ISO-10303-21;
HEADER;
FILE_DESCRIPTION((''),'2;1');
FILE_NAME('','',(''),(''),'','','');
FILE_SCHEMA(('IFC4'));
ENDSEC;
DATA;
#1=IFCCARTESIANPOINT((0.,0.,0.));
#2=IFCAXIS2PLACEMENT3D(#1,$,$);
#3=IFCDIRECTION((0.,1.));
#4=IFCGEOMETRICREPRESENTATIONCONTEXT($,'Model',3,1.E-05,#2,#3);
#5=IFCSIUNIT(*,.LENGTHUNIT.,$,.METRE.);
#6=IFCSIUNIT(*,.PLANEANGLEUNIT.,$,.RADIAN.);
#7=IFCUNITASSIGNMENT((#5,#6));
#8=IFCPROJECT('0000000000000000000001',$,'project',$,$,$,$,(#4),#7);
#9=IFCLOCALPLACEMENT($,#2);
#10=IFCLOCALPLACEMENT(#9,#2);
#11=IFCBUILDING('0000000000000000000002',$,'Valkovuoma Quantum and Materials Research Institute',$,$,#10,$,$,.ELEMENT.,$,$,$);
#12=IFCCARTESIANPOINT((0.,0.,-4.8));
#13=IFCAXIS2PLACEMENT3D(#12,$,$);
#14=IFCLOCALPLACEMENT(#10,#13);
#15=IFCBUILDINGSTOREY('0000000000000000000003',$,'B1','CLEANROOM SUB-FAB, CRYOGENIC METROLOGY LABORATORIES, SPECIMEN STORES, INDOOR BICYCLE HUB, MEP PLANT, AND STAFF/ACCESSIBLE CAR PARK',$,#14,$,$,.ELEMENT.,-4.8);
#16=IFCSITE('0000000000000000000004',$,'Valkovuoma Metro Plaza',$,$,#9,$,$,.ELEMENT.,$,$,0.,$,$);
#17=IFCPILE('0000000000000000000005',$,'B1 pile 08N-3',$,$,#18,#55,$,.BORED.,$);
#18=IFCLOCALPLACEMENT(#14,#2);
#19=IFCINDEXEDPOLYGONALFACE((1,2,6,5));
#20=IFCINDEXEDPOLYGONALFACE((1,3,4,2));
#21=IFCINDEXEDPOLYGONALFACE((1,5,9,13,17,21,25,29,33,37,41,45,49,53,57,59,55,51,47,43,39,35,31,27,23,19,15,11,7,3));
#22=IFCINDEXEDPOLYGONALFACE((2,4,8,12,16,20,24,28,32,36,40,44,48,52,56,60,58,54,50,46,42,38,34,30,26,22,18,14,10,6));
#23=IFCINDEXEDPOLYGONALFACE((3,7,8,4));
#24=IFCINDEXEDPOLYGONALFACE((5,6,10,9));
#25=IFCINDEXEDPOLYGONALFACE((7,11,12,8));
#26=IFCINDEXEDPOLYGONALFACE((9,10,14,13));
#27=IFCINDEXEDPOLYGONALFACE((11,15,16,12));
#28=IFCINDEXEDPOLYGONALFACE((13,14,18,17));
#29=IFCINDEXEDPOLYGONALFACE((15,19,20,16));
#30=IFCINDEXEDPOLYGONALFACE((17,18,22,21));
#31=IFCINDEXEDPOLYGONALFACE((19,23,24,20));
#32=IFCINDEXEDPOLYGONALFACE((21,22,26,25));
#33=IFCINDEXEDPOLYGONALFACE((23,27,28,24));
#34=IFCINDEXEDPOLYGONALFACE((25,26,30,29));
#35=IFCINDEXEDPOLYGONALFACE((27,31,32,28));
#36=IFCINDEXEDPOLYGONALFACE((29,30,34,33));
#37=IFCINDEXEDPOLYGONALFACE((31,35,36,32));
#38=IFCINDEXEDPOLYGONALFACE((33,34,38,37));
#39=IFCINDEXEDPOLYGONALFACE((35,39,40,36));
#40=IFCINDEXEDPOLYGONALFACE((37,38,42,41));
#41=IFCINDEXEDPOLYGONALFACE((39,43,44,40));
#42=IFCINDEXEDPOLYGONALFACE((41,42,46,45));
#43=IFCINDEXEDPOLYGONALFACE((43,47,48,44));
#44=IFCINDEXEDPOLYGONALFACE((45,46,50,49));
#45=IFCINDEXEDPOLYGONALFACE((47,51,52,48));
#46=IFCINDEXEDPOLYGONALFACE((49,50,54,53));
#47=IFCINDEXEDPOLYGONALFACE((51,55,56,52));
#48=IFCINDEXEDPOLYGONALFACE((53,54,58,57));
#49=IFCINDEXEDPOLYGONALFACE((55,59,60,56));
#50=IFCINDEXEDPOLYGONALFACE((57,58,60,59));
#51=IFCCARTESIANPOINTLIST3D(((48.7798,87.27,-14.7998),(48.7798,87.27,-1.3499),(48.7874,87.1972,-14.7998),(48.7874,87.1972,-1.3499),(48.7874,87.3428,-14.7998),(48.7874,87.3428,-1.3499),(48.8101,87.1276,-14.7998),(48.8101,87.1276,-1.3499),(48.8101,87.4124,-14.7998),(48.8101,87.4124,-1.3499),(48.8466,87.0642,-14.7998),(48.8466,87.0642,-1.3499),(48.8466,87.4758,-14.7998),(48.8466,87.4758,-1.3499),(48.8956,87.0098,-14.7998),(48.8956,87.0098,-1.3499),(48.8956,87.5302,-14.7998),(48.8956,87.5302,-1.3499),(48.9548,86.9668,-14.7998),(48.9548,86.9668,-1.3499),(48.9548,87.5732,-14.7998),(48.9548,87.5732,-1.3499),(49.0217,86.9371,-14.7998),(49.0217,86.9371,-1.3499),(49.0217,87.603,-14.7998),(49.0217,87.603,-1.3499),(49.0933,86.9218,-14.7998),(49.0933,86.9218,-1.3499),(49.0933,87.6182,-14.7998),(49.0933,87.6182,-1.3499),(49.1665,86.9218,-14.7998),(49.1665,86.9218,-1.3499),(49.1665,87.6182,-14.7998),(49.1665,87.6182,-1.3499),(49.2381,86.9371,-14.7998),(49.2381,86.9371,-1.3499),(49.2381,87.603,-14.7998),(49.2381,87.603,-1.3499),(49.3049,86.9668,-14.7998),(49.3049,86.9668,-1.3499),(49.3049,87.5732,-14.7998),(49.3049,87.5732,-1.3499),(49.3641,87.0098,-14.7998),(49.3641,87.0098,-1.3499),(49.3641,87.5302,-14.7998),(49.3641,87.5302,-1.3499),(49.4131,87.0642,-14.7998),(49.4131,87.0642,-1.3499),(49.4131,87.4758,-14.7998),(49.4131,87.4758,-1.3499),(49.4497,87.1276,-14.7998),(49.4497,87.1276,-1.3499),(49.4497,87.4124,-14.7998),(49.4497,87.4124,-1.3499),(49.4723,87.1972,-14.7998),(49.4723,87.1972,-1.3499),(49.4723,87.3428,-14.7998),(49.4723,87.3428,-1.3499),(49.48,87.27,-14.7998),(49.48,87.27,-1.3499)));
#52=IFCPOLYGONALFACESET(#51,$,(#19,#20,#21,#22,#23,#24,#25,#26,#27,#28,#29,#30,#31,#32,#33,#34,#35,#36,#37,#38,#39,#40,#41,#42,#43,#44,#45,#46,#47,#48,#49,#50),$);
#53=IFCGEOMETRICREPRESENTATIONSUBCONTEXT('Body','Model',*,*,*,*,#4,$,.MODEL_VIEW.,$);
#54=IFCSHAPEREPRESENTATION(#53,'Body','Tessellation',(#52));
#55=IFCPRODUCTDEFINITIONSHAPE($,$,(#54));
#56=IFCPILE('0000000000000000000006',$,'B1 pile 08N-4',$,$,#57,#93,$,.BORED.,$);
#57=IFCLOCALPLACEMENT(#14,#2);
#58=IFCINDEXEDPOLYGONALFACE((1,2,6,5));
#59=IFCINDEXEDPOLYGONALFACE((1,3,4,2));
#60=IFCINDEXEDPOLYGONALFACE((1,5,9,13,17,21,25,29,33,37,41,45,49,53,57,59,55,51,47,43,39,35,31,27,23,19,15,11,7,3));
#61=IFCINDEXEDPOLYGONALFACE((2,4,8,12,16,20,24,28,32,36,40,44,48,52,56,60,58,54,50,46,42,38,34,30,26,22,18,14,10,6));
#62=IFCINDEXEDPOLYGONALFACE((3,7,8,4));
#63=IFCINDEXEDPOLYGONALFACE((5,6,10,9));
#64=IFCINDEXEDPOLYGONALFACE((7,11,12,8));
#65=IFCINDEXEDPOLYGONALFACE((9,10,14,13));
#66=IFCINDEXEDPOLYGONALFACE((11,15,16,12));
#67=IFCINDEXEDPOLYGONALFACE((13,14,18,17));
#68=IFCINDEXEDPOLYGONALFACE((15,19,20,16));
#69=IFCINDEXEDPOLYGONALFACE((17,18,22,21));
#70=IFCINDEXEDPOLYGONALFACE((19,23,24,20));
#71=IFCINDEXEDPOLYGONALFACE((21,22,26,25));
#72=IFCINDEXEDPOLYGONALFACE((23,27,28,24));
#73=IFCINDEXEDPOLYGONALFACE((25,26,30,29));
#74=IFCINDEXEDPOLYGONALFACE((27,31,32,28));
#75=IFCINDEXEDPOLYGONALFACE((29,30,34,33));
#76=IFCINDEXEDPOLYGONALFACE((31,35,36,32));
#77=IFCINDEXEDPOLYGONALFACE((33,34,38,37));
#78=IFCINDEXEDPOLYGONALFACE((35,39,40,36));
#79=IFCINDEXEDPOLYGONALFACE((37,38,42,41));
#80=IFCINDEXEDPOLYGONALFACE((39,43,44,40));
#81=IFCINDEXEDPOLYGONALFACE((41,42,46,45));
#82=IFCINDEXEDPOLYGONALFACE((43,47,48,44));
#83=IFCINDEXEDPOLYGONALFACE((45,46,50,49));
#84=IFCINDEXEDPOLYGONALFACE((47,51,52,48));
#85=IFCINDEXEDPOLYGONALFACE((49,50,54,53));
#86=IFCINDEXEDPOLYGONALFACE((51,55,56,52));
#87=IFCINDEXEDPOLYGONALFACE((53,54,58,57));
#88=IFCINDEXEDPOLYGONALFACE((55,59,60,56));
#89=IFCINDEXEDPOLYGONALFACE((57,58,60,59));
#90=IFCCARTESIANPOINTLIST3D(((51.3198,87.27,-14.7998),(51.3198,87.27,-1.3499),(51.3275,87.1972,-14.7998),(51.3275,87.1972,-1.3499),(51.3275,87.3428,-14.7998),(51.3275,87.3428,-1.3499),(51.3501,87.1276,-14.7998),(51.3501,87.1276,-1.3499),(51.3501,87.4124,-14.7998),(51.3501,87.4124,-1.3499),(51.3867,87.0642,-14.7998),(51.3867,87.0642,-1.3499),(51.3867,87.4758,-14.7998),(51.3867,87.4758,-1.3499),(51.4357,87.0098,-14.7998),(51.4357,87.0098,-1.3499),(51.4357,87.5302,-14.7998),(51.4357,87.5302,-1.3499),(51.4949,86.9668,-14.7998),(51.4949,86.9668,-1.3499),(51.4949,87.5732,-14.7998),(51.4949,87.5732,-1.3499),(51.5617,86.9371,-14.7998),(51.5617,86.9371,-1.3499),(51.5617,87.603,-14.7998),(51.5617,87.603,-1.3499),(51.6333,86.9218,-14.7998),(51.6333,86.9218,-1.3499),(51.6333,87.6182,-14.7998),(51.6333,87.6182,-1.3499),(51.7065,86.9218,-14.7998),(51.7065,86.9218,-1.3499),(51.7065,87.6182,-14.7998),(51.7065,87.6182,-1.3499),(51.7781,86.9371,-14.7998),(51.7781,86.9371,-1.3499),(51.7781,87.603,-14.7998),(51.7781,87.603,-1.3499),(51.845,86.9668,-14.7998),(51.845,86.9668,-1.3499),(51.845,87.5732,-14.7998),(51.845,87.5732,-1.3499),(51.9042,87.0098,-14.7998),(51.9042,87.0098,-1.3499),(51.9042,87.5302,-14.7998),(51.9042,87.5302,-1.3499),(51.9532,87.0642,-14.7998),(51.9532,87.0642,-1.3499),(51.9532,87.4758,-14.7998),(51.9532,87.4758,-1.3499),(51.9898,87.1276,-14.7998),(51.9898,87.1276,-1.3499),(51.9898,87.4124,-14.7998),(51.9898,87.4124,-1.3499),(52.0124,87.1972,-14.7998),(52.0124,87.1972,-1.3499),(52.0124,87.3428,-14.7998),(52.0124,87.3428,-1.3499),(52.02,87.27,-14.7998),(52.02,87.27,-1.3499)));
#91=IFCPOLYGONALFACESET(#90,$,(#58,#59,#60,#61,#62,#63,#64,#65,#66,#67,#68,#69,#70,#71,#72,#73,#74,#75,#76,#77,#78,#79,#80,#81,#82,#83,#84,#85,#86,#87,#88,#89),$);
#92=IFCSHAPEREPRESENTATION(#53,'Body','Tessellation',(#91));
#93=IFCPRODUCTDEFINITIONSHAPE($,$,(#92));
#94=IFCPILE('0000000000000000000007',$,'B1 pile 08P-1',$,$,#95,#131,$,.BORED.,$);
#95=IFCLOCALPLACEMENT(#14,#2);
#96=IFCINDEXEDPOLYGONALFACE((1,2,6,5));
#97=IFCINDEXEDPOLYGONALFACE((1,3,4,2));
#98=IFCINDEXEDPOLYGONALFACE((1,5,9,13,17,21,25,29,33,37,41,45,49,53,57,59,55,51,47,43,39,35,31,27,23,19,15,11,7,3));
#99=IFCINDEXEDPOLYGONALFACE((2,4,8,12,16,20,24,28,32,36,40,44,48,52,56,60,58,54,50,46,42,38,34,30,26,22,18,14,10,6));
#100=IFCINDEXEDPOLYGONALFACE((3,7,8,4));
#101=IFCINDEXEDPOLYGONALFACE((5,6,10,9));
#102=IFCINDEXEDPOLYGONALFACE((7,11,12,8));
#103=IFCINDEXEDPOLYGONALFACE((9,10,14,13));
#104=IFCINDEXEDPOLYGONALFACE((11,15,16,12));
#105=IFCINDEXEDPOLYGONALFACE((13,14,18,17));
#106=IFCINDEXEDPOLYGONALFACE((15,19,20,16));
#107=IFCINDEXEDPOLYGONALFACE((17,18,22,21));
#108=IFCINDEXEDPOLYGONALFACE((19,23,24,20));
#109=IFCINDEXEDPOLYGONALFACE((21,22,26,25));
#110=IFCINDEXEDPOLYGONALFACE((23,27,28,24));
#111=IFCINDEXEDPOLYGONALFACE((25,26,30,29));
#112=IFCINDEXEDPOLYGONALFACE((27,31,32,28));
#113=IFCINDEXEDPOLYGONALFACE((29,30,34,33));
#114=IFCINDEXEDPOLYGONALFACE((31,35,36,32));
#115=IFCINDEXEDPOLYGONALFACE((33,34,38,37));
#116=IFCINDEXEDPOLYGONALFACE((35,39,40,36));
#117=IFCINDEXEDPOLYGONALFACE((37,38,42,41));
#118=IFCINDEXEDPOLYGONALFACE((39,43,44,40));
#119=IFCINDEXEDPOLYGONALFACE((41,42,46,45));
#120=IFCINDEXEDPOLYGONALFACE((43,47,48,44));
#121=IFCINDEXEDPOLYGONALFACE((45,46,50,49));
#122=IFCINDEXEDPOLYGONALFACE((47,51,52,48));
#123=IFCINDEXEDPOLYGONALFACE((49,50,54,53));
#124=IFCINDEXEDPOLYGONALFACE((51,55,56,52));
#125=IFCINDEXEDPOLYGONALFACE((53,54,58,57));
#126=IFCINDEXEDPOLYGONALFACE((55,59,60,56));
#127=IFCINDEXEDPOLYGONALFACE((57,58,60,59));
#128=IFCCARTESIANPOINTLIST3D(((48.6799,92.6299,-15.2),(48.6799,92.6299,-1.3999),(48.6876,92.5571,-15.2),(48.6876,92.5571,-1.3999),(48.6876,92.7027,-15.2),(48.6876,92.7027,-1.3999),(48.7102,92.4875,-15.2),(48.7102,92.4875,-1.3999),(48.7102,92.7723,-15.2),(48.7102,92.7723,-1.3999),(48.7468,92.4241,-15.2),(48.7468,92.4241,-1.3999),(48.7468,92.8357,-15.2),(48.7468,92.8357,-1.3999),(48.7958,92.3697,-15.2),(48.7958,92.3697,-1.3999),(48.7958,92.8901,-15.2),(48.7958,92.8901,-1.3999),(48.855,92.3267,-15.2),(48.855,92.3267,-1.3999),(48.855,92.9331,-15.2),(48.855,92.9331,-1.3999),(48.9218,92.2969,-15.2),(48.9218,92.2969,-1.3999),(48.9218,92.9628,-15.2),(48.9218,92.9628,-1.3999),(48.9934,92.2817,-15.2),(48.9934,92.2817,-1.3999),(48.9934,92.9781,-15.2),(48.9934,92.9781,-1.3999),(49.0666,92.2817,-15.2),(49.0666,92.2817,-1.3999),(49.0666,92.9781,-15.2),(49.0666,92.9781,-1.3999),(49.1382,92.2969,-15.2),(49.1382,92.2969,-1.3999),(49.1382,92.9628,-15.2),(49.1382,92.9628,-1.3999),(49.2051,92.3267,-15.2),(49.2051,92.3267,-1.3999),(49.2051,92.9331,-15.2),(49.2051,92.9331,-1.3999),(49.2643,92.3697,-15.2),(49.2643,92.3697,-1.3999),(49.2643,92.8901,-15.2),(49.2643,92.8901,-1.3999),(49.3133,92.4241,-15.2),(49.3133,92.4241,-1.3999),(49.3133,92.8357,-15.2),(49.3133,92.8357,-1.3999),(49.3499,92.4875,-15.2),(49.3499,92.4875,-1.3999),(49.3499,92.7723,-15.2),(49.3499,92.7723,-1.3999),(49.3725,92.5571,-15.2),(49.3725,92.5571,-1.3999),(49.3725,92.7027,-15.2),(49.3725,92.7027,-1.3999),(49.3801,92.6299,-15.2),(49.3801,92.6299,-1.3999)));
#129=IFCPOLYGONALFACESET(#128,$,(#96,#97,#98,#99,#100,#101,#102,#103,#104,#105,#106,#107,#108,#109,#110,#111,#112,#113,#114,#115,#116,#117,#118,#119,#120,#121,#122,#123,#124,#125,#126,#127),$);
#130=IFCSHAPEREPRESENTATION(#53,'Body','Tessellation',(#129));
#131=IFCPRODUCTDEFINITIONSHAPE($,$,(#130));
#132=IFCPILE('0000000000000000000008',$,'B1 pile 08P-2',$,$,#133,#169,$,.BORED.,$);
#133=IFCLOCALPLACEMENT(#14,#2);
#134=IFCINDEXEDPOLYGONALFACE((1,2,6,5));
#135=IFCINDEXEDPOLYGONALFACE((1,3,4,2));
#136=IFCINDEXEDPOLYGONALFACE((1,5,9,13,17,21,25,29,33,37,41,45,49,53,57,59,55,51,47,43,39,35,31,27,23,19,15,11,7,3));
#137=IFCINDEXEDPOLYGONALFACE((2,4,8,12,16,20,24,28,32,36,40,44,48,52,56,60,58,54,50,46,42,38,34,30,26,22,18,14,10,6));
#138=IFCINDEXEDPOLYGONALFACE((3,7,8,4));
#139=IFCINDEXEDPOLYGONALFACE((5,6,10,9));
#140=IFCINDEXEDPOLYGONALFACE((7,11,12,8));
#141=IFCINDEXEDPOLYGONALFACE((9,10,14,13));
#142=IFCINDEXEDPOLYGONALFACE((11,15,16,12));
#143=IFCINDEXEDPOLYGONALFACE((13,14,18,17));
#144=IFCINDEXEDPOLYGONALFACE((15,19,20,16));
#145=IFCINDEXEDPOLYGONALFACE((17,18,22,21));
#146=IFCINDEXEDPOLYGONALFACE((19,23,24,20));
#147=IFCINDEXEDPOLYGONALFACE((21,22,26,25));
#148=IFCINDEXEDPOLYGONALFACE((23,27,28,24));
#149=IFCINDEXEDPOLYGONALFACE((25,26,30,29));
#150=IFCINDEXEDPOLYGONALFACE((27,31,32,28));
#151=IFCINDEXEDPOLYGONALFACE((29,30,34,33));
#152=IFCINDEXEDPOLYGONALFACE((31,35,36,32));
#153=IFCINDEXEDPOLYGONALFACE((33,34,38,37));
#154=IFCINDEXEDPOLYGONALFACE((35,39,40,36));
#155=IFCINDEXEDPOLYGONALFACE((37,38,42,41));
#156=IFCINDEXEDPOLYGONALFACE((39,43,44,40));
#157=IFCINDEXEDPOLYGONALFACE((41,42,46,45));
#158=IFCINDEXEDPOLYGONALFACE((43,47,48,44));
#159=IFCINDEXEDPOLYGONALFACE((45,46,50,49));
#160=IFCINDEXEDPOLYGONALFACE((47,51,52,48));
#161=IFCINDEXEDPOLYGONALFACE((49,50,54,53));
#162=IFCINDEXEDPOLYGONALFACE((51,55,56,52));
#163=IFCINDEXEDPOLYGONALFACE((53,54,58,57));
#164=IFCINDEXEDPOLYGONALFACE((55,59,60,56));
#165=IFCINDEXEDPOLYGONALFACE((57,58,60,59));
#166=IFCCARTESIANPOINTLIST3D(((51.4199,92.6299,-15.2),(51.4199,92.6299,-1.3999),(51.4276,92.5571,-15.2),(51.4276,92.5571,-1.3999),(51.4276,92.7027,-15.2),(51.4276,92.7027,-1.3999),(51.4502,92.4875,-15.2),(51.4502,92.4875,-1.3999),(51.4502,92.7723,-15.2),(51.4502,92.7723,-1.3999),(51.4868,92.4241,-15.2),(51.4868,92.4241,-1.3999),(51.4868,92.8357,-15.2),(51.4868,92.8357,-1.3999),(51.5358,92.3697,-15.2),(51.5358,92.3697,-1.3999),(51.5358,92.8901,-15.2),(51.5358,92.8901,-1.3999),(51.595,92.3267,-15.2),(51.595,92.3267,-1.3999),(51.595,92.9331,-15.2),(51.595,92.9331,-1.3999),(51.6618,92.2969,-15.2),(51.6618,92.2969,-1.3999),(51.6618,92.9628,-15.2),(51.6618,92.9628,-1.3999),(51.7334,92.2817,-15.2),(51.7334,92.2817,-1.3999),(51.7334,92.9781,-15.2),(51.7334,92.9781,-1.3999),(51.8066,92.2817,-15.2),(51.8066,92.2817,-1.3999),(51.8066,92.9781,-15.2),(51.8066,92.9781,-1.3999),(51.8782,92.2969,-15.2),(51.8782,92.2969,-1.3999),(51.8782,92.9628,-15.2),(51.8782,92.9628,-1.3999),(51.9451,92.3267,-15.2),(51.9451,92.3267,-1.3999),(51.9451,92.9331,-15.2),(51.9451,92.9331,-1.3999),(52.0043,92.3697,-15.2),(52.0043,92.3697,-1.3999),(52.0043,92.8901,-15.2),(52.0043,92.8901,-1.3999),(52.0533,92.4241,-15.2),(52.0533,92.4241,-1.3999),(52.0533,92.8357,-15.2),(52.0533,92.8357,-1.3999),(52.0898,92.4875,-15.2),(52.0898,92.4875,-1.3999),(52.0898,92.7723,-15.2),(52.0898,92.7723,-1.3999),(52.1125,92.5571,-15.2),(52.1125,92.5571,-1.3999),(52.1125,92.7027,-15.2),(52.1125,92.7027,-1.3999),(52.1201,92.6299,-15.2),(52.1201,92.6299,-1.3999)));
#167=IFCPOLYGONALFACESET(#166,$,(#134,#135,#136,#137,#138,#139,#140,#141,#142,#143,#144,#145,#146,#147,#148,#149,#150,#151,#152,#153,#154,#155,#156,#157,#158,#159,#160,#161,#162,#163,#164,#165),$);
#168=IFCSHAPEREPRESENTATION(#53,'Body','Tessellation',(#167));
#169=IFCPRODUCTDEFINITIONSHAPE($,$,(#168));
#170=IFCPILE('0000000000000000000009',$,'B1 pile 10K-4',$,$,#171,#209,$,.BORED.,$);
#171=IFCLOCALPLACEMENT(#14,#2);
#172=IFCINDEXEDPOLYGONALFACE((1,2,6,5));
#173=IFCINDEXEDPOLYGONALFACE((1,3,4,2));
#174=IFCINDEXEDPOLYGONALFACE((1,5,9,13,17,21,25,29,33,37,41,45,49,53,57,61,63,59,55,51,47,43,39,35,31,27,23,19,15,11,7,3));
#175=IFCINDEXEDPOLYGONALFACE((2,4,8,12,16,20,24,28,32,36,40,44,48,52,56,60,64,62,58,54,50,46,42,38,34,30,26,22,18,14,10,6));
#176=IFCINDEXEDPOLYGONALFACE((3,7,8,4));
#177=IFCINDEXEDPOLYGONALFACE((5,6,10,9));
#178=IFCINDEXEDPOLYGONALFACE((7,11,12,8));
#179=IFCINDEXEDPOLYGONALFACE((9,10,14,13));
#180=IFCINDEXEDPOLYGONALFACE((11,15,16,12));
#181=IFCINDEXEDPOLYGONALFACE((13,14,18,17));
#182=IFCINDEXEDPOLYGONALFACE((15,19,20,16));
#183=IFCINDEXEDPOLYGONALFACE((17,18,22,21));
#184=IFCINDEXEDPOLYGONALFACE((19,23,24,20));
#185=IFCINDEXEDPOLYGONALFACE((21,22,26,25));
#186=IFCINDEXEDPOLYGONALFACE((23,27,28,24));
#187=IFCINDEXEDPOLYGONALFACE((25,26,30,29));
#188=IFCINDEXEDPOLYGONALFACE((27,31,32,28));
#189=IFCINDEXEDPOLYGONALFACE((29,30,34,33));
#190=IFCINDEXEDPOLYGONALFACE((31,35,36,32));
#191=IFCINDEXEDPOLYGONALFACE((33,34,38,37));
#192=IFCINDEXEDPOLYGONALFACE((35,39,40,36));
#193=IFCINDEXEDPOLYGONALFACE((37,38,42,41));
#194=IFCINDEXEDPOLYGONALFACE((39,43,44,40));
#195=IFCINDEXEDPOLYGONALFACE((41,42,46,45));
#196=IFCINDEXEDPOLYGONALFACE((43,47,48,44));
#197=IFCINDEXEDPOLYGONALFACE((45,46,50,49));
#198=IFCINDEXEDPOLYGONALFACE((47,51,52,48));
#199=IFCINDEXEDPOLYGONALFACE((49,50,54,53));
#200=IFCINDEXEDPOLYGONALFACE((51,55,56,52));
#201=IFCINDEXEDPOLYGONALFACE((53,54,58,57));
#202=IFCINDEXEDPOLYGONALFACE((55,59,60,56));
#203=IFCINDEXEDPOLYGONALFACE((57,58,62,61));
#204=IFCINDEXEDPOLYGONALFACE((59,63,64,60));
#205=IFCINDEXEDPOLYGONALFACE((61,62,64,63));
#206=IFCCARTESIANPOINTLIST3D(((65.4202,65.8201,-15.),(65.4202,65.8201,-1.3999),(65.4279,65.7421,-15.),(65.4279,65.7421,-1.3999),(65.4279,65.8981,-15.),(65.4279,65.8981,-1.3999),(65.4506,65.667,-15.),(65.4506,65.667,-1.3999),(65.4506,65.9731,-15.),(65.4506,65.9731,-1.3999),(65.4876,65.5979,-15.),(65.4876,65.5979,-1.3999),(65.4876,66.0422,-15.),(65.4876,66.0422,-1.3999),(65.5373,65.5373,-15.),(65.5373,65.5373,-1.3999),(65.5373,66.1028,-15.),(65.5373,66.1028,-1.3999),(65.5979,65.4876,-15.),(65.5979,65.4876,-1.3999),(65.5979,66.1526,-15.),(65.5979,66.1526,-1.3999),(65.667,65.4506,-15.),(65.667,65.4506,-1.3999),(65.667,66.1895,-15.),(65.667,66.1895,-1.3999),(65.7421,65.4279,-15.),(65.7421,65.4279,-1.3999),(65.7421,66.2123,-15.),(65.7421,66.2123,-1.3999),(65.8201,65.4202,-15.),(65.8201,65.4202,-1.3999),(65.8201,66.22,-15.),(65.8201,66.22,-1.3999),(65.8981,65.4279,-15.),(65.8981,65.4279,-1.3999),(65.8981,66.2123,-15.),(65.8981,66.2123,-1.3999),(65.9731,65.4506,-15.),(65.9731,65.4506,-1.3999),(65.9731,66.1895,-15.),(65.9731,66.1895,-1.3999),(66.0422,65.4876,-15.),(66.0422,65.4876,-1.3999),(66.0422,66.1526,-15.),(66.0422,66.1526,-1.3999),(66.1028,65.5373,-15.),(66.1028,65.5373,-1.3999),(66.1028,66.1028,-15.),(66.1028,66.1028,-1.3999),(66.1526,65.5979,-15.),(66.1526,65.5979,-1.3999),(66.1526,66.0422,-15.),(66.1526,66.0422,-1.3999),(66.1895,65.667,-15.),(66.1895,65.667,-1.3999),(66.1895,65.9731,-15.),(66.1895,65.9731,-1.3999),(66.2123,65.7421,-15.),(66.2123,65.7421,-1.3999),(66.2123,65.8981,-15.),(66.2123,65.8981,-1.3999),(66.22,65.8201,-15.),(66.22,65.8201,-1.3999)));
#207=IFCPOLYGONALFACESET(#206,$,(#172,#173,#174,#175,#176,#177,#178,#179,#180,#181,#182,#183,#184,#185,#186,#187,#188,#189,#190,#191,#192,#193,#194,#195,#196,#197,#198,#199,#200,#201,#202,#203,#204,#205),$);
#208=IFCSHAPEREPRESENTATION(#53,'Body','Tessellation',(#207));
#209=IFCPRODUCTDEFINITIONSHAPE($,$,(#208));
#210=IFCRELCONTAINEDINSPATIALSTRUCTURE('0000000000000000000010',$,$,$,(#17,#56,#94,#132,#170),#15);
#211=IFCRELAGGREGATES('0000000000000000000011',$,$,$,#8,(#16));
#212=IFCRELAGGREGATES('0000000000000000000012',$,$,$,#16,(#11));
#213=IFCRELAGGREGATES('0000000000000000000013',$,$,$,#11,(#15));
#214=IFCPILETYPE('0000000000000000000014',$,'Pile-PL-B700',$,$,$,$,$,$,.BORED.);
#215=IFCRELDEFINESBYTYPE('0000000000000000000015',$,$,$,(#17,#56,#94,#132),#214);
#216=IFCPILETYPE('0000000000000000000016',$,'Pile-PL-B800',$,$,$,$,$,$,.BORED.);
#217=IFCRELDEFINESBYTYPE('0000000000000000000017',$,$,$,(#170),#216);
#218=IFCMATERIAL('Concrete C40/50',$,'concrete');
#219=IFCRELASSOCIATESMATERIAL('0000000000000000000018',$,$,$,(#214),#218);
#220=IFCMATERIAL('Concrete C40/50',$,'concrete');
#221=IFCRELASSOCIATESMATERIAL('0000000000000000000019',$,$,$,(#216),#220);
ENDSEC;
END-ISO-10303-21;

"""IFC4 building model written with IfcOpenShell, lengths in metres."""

from ifc_helpers import new_model, si_unit, direction, frame, origin, origin_2d, place, context, subcontext, project, spatial, circle, extrude, material, material_profile, profile_set, type_object, element, save


model = new_model("IFC4")

# Units and contexts
model_context = context("Model", 3, precision=1e-05, world=origin(), true_north=direction((0.0, 1.0)))
body_context = subcontext(model_context, "Body", "Model", "MODEL_VIEW")
ifc_project = project(units=[si_unit("LENGTHUNIT", "METRE"), si_unit("PLANEANGLEUNIT", "RADIAN")], contexts=[model_context])

# Site, building, storey
site_placement = place(None, origin())
site = spatial("IfcSite", under=ifc_project, at=site_placement, Name="Valkovuoma Metro Plaza", CompositionType="ELEMENT", RefElevation=0.0)
building_placement = place(site_placement, origin())
building = spatial("IfcBuilding", under=site, at=building_placement, Name="Valkovuoma Quantum and Materials Research Institute", CompositionType="ELEMENT")
storey_placement = place(building_placement, frame((0.0, 0.0, -4.8)))
storey = spatial("IfcBuildingStorey", under=building, at=storey_placement, Name="B1", Description="CLEANROOM SUB-FAB, CRYOGENIC METROLOGY LABORATORIES, SPECIMEN STORES, INDOOR BICYCLE HUB, MEP PLANT, AND STAFF/ACCESSIBLE CAR PARK", CompositionType="ELEMENT", Elevation=-4.8)

# Piles
ifc_material_1 = material(Name="Concrete C40/50", Category="concrete")
ifc_material_profile_1 = material_profile(ifc_material_1, circle(Radius=0.3501, at=origin_2d()), Name="Concrete C40/50")
ifc_profile_set_1 = profile_set([ifc_material_profile_1], Name="Concrete C40/50")
pile_type_1 = type_object("IfcPileType", Name="Pile-PL-B700", PredefinedType="BORED", material=ifc_profile_set_1)
for number, where, z_axis, x_axis, name in (
    (1, (49.1299, 87.27, -1.3499), (0.0, 0.0, -1.0), (1.0, 0.0, 0.0), "B1 pile 08N-3"),
    (2, (51.6699, 87.27, -1.3499), (0.0, 0.0, -1.0), (1.0, 0.0, 0.0), "B1 pile 08N-4"),
):
    element("IfcPile", number, at=place(storey_placement, frame(where, z_axis=z_axis, x_axis=x_axis)), inside=storey, type_object=pile_type_1, Name=name, PredefinedType="BORED", context=body_context, shape_type="SweptSolid", body=[
        extrude(circle(Radius=0.3501, at=origin_2d()), origin(), (0.0, 0.0, 1.0), 13.45),
    ])
for number, where, z_axis, x_axis, name in (
    (3, (49.03, 92.6299, -1.3999), (0.0, 0.0, -1.0), (1.0, 0.0, 0.0), "B1 pile 08P-1"),
    (4, (51.77, 92.6299, -1.3999), (0.0, 0.0, -1.0), (1.0, 0.0, 0.0), "B1 pile 08P-2"),
):
    element("IfcPile", number, at=place(storey_placement, frame(where, z_axis=z_axis, x_axis=x_axis)), inside=storey, type_object=pile_type_1, Name=name, PredefinedType="BORED", context=body_context, shape_type="SweptSolid", body=[
        extrude(circle(Radius=0.3501, at=origin_2d()), origin(), (0.0, 0.0, 1.0), 13.8),
    ])
ifc_material_2 = material(Name="Concrete C40/50", Category="concrete")
ifc_material_profile_2 = material_profile(ifc_material_2, circle(Radius=0.3999, at=origin_2d()), Name="Concrete C40/50")
ifc_profile_set_2 = profile_set([ifc_material_profile_2], Name="Concrete C40/50")
pile_type_2 = type_object("IfcPileType", Name="Pile-PL-B800", PredefinedType="BORED", material=ifc_profile_set_2)
pile_1_placement = place(storey_placement, frame((65.8201, 65.8201, -1.3999), z_axis=(0.0, 0.0, -1.0), x_axis=(1.0, 0.0, 0.0)))
element("IfcPile", 5, at=pile_1_placement, inside=storey, type_object=pile_type_2, Name="B1 pile 10K-4", PredefinedType="BORED", context=body_context, shape_type="SweptSolid", body=[
    extrude(circle(Radius=0.3999, at=origin_2d()), origin(), (0.0, 0.0, 1.0), 13.6001),
])

save(model, "model.ifc")
